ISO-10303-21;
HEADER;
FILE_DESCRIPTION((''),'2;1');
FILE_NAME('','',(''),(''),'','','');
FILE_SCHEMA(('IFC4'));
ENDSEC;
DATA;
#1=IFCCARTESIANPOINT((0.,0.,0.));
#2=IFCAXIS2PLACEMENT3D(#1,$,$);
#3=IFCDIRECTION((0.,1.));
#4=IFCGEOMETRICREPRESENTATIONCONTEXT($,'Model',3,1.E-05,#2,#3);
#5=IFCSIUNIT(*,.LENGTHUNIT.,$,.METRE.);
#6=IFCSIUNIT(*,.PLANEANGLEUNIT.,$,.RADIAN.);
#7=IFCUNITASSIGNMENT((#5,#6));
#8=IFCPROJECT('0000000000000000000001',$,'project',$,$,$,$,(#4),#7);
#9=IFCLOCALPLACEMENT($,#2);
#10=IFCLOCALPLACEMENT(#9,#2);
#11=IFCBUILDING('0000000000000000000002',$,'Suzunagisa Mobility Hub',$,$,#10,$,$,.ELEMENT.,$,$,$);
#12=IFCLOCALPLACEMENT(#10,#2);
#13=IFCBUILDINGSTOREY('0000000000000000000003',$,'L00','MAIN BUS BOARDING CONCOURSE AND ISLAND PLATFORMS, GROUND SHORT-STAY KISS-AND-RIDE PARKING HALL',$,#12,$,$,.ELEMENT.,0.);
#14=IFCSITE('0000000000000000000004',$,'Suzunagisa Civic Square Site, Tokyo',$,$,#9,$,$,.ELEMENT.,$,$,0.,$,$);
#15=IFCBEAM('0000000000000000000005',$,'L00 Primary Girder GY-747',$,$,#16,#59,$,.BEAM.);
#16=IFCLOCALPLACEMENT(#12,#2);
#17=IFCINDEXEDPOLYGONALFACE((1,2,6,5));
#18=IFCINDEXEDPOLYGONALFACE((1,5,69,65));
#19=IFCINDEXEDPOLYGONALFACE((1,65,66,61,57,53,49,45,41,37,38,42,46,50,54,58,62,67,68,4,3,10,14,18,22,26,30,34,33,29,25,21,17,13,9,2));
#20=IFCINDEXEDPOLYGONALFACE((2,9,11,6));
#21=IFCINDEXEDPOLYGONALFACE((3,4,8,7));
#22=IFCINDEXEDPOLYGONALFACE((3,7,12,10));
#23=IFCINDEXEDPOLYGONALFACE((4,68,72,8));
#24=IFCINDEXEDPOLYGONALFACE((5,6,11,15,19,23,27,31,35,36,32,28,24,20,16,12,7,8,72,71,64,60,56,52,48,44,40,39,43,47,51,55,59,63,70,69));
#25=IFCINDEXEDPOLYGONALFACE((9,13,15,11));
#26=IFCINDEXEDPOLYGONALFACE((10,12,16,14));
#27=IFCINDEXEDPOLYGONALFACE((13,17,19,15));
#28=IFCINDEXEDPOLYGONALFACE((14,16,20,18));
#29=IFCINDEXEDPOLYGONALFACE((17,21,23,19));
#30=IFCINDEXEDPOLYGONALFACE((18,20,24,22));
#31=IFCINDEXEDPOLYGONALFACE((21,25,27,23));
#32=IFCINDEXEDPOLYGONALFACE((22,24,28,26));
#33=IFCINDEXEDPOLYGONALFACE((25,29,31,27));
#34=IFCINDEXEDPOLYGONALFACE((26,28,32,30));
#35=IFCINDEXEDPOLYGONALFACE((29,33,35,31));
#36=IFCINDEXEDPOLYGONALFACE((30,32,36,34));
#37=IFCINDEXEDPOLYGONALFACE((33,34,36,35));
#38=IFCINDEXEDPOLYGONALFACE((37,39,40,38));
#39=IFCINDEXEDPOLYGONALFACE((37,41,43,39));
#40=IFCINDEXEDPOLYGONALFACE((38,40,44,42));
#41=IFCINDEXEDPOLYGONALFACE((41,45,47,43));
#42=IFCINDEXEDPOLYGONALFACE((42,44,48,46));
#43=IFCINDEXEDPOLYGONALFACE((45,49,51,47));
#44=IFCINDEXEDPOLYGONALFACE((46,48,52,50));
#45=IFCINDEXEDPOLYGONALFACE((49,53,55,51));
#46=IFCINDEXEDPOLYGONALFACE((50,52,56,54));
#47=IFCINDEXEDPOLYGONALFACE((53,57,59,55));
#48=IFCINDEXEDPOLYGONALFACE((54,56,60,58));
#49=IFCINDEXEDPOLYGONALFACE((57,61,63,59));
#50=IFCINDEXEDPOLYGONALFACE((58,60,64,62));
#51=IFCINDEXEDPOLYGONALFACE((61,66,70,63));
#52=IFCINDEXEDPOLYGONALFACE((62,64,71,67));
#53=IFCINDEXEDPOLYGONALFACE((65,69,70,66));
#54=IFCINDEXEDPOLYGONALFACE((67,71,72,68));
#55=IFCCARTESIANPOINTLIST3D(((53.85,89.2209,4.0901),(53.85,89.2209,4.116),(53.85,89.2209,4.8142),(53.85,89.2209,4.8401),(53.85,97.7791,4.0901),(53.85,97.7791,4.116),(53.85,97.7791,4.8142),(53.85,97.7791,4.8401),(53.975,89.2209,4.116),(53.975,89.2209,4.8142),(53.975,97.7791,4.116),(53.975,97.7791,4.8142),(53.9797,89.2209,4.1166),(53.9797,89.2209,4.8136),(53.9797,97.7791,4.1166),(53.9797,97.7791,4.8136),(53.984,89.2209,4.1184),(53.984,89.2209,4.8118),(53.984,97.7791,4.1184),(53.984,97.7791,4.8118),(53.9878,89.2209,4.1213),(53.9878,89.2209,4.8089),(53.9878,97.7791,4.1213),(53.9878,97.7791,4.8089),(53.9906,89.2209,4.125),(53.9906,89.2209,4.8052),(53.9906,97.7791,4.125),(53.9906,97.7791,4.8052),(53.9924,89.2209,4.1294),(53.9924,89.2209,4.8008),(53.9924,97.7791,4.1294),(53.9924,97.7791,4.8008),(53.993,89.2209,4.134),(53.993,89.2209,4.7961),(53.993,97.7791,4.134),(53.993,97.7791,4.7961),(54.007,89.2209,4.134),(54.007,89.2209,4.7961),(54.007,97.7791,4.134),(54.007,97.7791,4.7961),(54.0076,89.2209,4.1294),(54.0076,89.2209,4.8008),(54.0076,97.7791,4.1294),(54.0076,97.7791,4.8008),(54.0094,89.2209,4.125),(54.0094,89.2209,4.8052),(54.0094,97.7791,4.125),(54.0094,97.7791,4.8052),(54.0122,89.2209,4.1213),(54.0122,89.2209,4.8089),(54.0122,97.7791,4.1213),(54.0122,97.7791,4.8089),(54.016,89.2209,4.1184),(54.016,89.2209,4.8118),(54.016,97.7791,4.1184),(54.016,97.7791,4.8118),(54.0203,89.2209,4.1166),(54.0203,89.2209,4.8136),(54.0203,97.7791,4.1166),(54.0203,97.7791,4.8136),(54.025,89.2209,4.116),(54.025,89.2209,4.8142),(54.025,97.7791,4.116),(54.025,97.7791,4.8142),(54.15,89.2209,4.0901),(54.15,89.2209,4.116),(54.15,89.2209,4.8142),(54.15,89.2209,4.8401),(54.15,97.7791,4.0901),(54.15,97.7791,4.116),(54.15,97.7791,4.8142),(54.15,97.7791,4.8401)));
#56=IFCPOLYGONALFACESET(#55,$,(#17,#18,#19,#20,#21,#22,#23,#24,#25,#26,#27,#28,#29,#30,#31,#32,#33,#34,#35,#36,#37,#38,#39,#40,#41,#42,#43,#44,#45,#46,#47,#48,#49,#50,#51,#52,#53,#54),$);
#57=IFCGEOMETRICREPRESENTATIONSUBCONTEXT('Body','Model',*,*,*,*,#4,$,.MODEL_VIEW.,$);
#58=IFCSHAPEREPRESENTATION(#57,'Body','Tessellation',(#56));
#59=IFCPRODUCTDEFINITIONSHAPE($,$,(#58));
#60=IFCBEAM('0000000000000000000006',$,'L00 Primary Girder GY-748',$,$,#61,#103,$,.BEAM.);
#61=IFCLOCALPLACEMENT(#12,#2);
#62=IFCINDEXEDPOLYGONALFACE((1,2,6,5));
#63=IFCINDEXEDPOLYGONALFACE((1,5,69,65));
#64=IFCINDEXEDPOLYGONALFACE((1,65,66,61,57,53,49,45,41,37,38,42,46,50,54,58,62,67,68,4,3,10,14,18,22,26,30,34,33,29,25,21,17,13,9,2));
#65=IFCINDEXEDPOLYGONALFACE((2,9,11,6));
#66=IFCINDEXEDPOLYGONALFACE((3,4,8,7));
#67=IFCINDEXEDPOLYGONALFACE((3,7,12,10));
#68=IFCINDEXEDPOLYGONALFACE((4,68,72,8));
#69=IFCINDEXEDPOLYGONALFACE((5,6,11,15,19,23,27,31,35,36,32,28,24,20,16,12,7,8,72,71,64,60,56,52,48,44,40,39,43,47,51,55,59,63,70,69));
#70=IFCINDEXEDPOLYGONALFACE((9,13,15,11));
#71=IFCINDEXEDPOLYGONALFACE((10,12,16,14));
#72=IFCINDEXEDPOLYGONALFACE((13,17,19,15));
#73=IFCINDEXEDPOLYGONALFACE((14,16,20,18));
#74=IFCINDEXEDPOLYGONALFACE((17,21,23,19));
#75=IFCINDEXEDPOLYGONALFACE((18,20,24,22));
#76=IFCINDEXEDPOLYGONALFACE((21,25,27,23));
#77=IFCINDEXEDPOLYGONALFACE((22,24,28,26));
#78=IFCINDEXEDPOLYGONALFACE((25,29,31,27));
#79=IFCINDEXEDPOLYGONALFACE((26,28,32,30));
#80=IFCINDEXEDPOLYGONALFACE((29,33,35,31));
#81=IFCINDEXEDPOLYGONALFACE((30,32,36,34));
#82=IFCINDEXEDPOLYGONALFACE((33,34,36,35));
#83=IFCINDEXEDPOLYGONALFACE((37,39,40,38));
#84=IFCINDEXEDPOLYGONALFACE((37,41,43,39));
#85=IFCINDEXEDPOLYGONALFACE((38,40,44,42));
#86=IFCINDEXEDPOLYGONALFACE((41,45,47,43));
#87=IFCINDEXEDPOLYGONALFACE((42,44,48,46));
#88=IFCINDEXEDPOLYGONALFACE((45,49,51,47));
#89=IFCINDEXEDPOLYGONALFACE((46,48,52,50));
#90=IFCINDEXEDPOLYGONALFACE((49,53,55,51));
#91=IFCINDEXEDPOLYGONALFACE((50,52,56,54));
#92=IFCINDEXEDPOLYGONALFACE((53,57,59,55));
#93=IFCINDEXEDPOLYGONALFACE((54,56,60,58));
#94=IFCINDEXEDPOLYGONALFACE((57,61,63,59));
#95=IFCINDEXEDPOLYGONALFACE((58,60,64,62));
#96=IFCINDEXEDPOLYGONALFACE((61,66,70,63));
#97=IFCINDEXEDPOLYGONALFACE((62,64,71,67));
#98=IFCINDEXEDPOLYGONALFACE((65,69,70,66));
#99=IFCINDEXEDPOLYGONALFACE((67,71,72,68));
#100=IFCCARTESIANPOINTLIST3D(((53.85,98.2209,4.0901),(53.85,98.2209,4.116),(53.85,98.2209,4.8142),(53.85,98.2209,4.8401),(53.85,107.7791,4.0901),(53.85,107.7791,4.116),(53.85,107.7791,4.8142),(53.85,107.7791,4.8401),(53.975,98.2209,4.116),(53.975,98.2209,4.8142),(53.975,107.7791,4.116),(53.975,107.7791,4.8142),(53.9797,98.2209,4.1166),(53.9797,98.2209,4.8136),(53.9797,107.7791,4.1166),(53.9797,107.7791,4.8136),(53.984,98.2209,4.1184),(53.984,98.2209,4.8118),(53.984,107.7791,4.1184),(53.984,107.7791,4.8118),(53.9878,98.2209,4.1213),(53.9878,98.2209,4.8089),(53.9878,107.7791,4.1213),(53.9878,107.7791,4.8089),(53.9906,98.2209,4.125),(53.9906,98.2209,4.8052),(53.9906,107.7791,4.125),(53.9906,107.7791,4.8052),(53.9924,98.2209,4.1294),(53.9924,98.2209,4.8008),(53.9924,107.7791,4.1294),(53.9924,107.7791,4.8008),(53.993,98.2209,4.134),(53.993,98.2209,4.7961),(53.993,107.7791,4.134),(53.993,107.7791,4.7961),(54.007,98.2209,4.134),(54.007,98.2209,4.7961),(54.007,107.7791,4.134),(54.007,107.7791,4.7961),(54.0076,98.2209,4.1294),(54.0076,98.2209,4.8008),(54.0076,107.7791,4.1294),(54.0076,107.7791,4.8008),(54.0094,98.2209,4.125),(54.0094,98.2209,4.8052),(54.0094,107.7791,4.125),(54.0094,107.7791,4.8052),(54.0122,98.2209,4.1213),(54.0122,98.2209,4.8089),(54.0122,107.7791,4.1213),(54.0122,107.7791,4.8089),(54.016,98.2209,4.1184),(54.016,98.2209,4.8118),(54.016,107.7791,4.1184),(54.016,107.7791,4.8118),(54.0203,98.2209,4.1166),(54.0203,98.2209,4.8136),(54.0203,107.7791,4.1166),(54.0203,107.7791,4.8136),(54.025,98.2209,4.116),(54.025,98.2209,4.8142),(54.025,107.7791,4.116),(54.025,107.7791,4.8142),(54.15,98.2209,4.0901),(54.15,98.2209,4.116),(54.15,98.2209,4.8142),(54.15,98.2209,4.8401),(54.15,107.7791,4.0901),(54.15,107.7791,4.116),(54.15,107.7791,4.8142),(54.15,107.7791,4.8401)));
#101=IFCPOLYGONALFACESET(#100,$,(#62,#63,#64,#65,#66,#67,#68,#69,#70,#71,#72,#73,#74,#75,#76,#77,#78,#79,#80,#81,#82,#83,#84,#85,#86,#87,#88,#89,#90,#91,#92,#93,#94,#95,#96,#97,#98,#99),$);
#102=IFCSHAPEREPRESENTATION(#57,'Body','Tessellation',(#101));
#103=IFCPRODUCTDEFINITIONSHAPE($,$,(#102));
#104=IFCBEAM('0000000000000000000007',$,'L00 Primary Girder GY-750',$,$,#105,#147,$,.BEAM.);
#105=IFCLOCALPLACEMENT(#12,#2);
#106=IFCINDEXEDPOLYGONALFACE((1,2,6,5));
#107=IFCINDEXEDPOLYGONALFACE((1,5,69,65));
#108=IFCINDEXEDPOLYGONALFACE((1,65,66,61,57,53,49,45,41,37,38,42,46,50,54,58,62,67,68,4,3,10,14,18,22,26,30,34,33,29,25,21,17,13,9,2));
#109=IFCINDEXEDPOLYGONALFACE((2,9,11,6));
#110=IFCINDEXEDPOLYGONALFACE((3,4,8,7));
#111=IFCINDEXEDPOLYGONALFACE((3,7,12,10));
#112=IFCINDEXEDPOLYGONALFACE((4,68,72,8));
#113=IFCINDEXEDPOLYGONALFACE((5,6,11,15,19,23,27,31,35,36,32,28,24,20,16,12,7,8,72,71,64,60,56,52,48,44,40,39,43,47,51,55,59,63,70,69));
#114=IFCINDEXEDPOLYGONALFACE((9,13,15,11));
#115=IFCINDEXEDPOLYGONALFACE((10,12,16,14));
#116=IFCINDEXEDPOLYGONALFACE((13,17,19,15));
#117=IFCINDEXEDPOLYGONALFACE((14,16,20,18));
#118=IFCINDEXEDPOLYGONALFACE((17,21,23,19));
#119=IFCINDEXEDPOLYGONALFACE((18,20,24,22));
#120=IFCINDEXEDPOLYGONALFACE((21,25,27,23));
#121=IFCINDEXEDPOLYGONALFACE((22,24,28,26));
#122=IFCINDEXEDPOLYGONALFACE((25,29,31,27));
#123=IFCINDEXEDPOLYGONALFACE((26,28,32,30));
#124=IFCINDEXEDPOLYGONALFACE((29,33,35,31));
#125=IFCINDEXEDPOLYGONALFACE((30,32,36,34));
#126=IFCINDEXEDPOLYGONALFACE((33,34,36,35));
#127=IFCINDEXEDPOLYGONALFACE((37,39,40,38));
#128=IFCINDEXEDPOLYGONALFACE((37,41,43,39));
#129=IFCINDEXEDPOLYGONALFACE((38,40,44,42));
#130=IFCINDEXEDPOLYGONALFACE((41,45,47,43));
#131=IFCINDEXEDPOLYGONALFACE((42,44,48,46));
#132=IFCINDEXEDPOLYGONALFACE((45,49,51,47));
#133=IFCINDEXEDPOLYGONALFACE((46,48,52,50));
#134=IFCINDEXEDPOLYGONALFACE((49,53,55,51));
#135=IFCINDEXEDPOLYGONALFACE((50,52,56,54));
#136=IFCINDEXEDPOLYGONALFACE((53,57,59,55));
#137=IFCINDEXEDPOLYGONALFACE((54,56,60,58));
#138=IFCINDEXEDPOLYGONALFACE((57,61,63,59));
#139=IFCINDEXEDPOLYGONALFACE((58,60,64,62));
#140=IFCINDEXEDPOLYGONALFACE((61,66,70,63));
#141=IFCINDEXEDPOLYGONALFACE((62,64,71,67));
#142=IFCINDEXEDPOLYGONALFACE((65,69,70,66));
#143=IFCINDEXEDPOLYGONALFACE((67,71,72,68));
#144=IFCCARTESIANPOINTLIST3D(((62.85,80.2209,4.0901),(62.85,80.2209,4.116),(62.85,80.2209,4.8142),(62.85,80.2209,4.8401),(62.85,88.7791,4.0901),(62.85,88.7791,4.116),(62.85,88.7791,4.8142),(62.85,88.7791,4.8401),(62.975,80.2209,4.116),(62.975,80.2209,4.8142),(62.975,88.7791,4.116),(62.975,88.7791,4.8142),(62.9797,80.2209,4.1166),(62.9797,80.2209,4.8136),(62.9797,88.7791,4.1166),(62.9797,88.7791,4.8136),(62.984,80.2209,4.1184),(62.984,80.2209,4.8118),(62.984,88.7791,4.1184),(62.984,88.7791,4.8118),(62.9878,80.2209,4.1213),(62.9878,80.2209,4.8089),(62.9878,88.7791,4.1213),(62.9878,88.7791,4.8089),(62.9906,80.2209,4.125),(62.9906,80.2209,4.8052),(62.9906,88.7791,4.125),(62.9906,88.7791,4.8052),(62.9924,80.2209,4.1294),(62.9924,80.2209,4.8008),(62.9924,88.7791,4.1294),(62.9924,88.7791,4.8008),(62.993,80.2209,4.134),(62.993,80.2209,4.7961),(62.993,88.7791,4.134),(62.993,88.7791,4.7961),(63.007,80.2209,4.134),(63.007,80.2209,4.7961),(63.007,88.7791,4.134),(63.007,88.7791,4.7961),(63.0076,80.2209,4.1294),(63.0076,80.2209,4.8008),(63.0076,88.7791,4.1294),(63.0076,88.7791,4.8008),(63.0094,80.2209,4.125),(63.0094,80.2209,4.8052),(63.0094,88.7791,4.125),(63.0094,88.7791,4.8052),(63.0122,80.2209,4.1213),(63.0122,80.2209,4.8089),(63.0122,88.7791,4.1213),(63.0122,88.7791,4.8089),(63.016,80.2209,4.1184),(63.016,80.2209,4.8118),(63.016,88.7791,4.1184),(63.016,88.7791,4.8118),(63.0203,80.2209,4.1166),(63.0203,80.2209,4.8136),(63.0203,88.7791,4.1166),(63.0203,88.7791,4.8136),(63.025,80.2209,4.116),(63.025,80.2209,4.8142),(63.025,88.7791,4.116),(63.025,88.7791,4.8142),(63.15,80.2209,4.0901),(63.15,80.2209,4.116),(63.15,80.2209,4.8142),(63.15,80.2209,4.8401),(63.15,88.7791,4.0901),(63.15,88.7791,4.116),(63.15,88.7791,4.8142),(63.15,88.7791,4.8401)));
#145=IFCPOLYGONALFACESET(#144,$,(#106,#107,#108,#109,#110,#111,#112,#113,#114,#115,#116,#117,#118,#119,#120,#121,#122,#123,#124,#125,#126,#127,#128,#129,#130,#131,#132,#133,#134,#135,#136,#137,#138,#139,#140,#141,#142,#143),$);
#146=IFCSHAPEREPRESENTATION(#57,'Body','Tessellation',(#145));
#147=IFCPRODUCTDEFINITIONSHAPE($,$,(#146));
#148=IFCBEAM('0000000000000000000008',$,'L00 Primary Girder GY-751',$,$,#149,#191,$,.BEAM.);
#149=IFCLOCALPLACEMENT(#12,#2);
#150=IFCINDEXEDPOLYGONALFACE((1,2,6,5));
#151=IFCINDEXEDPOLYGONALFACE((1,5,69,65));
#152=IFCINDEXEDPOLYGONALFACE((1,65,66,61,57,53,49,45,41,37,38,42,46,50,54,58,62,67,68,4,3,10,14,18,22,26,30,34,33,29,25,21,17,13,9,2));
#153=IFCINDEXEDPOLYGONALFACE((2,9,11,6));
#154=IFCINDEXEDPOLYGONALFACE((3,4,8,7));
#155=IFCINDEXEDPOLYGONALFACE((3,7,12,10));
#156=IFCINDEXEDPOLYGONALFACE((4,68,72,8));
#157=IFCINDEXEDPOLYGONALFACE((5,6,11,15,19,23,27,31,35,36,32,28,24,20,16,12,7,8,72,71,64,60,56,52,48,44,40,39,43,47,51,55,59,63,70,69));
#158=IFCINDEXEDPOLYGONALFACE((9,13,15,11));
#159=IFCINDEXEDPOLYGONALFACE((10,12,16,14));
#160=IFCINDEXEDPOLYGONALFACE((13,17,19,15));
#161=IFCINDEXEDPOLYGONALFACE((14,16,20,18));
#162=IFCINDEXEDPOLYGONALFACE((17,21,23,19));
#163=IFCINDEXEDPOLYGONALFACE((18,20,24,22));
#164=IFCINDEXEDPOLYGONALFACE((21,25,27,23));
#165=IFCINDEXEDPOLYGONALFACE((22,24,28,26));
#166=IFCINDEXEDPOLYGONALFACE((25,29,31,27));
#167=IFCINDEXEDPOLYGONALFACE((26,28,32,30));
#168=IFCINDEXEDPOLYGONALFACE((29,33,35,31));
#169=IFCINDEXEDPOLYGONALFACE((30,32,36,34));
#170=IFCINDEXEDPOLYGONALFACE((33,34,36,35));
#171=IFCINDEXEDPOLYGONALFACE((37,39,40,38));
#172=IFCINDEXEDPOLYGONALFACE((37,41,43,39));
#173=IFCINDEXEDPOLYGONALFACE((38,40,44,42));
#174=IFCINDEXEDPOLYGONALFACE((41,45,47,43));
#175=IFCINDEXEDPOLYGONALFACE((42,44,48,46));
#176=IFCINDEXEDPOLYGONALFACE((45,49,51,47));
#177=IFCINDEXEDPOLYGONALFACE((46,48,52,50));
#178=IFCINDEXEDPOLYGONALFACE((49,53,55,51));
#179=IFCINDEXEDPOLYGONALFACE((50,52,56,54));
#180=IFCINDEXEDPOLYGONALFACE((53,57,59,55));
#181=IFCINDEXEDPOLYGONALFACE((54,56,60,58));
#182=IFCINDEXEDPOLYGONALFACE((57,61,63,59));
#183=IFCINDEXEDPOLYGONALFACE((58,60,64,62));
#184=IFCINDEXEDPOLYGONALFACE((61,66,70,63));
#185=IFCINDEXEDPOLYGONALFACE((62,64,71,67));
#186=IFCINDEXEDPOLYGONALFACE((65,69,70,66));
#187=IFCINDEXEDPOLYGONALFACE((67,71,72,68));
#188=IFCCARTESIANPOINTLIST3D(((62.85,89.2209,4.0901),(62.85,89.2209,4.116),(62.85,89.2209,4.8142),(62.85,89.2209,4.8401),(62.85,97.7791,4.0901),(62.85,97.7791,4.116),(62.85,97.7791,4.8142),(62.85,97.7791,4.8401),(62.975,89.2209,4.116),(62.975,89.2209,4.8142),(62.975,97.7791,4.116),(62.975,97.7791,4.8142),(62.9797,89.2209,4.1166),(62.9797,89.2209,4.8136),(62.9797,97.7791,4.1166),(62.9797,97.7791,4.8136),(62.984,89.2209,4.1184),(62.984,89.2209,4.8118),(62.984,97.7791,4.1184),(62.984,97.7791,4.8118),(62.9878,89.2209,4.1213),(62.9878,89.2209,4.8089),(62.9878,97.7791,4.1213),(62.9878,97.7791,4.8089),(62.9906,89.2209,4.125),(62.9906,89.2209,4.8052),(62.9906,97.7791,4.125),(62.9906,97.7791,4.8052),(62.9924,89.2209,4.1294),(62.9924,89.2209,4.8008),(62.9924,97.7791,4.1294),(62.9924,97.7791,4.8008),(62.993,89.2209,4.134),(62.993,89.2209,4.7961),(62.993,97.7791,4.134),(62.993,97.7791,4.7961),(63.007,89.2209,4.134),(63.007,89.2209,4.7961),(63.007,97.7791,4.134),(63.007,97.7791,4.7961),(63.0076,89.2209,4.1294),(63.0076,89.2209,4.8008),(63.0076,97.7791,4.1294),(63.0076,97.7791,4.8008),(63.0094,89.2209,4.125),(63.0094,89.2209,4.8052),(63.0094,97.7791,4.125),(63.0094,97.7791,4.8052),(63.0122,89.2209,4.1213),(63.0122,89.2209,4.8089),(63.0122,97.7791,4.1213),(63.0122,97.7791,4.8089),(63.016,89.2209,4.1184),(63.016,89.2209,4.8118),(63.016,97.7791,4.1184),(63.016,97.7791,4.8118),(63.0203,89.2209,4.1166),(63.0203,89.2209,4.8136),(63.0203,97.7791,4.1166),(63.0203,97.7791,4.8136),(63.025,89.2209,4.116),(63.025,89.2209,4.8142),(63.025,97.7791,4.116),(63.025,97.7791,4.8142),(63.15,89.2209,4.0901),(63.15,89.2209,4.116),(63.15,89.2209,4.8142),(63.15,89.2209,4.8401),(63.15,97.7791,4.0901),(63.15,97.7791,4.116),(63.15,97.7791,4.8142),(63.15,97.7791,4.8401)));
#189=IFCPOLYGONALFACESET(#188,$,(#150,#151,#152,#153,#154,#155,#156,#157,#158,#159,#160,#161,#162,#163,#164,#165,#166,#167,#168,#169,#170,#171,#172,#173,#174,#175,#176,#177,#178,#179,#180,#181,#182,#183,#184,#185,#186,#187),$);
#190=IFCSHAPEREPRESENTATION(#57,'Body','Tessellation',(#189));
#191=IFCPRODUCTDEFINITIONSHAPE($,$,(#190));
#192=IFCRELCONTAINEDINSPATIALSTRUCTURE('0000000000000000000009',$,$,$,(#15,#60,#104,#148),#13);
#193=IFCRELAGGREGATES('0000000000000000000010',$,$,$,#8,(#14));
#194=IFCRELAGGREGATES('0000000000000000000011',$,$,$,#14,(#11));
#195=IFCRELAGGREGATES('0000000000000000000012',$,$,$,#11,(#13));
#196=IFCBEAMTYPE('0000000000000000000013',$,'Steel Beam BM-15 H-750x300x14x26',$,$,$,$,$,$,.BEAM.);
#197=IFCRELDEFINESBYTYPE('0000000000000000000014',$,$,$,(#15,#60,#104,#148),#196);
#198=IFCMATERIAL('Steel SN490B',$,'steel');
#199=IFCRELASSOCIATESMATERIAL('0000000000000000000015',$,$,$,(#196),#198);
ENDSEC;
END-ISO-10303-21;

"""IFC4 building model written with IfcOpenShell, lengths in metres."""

from ifc_helpers import new_model, si_unit, direction, frame, origin, origin_2d, place, context, subcontext, project, spatial, i_section, extrude, material, material_profile, profile_set, type_object, element, save


model = new_model("IFC4")

# Units and contexts
model_context = context("Model", 3, precision=1e-05, world=origin(), true_north=direction((0.0, 1.0)))
body_context = subcontext(model_context, "Body", "Model", "MODEL_VIEW")
ifc_project = project(units=[si_unit("LENGTHUNIT", "METRE"), si_unit("PLANEANGLEUNIT", "RADIAN")], contexts=[model_context])

# Site, building, storey
site_placement = place(None, origin())
site = spatial("IfcSite", under=ifc_project, at=site_placement, Name="Suzunagisa Civic Square Site, Tokyo", CompositionType="ELEMENT", RefElevation=0.0)
building_placement = place(site_placement, origin())
building = spatial("IfcBuilding", under=site, at=building_placement, Name="Suzunagisa Mobility Hub", CompositionType="ELEMENT")
storey_placement = place(building_placement, origin())
storey = spatial("IfcBuildingStorey", under=building, at=storey_placement, Name="L00", Description="MAIN BUS BOARDING CONCOURSE AND ISLAND PLATFORMS, GROUND SHORT-STAY KISS-AND-RIDE PARKING HALL", CompositionType="ELEMENT", Elevation=0.0)

# Shared definitions
ifc_material_1 = material(Name="Steel SN490B", Category="steel")

# Beams
ifc_material_profile_1 = material_profile(ifc_material_1, i_section(OverallWidth=0.3, OverallDepth=0.75, WebThickness=0.0139, FlangeThickness=0.0259, FilletRadius=0.0181, at=origin_2d()), Name="H-750x300x14x26")
ifc_profile_set_1 = profile_set([ifc_material_profile_1], Name="Steel SN490B")
beam_type_1 = type_object("IfcBeamType", Name="Steel Beam BM-15 H-750x300x14x26", PredefinedType="BEAM", material=ifc_profile_set_1)
for number, where, z_axis, x_axis, name in (
    (1, (54.0, 89.2209, 4.4651), (0.0, 1.0, 0.0), (-1.0, 0.0, 0.0), "L00 Primary Girder GY-747"),
):
    element("IfcBeam", number, at=place(storey_placement, frame(where, z_axis=z_axis, x_axis=x_axis)), inside=storey, type_object=beam_type_1, Name=name, PredefinedType="BEAM", context=body_context, shape_type="SweptSolid", body=[
        extrude(i_section(OverallWidth=0.3, OverallDepth=0.75, WebThickness=0.0139, FlangeThickness=0.0259, FilletRadius=0.0181, at=origin_2d()), origin(), (0.0, 0.0, 1.0), 8.5581),
    ])
beam_1_placement = place(storey_placement, frame((54.0, 98.2209, 4.4651), z_axis=(0.0, 1.0, 0.0), x_axis=(-1.0, 0.0, 0.0)))
element("IfcBeam", 2, at=beam_1_placement, inside=storey, type_object=beam_type_1, Name="L00 Primary Girder GY-748", PredefinedType="BEAM", context=body_context, shape_type="SweptSolid", body=[
    extrude(i_section(OverallWidth=0.3, OverallDepth=0.75, WebThickness=0.0139, FlangeThickness=0.0259, FilletRadius=0.0181, at=origin_2d()), origin(), (0.0, 0.0, 1.0), 9.5581),
])
for number, where, z_axis, x_axis, name in (
    (3, (63.0, 80.2209, 4.4651), (0.0, 1.0, 0.0), (-1.0, 0.0, 0.0), "L00 Primary Girder GY-750"),
    (4, (63.0, 89.2209, 4.4651), (0.0, 1.0, 0.0), (-1.0, 0.0, 0.0), "L00 Primary Girder GY-751"),
):
    element("IfcBeam", number, at=place(storey_placement, frame(where, z_axis=z_axis, x_axis=x_axis)), inside=storey, type_object=beam_type_1, Name=name, PredefinedType="BEAM", context=body_context, shape_type="SweptSolid", body=[
        extrude(i_section(OverallWidth=0.3, OverallDepth=0.75, WebThickness=0.0139, FlangeThickness=0.0259, FilletRadius=0.0181, at=origin_2d()), origin(), (0.0, 0.0, 1.0), 8.5581),
    ])

save(model, "model.ifc")
